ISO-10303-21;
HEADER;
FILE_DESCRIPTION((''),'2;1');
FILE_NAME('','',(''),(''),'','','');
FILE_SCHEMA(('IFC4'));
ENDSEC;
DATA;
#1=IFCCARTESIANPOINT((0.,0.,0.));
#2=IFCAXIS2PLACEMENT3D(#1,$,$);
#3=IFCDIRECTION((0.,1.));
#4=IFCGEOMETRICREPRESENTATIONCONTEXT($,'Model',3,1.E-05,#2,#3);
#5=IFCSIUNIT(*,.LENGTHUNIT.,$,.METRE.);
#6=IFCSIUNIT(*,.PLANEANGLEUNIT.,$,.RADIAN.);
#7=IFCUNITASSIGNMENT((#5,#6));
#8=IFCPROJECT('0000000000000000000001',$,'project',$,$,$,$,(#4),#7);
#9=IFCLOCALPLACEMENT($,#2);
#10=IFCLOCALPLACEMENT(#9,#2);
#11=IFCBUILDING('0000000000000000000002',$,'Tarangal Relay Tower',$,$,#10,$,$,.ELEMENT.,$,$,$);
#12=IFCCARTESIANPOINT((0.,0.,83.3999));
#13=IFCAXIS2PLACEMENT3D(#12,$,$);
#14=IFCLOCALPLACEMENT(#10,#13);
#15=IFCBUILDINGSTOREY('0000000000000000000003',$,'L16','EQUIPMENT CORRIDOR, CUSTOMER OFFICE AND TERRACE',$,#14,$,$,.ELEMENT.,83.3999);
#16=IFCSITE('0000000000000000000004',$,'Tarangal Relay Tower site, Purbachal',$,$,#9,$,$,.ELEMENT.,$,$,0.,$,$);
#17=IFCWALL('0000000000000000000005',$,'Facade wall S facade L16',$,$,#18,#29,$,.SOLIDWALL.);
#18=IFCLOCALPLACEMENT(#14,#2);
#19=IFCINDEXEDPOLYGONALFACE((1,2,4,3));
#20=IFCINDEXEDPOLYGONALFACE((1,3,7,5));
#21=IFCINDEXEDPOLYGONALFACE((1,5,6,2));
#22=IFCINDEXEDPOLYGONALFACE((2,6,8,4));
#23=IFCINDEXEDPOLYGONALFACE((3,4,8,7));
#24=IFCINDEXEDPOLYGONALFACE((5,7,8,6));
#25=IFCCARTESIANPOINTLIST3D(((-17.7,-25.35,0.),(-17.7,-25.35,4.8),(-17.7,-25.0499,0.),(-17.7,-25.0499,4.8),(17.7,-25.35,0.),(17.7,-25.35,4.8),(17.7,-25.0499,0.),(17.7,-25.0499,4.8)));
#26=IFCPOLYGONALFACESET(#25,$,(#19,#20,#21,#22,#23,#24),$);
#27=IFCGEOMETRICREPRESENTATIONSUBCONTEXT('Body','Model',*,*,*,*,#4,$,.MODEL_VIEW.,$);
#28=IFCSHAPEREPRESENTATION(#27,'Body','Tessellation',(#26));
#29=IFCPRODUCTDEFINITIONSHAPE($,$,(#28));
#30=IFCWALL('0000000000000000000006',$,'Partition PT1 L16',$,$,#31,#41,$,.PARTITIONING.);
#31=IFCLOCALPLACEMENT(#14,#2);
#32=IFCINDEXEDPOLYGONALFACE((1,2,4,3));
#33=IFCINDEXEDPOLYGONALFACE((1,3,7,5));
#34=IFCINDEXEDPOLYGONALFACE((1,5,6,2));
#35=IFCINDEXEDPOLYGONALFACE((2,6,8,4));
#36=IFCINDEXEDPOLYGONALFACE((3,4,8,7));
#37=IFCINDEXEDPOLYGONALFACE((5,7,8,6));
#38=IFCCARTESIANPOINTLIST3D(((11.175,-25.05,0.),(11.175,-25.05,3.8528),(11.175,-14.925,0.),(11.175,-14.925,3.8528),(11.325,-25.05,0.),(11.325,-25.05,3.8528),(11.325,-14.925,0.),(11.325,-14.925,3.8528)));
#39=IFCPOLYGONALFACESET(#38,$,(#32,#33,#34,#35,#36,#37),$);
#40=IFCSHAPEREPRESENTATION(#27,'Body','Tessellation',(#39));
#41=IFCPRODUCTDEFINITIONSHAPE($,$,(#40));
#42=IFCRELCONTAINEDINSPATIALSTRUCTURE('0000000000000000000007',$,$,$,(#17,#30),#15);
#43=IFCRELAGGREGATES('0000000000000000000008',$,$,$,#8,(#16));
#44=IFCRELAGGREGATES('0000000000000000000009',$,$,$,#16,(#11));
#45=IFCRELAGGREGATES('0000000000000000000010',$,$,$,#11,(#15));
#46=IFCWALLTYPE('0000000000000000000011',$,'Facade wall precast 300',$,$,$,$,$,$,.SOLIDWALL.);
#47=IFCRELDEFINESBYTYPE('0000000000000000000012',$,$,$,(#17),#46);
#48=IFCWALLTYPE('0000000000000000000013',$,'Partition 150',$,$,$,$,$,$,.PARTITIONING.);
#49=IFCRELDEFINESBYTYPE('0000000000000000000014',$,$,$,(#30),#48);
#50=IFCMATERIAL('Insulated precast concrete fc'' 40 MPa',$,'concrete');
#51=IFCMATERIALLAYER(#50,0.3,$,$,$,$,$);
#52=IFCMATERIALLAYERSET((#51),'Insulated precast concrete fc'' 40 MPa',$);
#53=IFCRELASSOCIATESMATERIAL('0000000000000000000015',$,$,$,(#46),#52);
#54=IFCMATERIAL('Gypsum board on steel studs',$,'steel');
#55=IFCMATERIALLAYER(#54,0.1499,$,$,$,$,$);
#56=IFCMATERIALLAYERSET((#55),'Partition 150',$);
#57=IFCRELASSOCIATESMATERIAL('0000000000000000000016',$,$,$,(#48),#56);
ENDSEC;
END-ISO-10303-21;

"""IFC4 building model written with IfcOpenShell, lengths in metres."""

from ifc_helpers import new_model, si_unit, direction, frame, frame_2d, origin, place, context, subcontext, project, spatial, rectangle, extrude, material, layer, layer_set, type_object, element, save


model = new_model("IFC4")

# Units and contexts
model_context = context("Model", 3, precision=1e-05, world=origin(), true_north=direction((0.0, 1.0)))
body_context = subcontext(model_context, "Body", "Model", "MODEL_VIEW")
ifc_project = project(units=[si_unit("LENGTHUNIT", "METRE"), si_unit("PLANEANGLEUNIT", "RADIAN")], contexts=[model_context])

# Site, building, storey
site_placement = place(None, origin())
site = spatial("IfcSite", under=ifc_project, at=site_placement, Name="Tarangal Relay Tower site, Purbachal", CompositionType="ELEMENT", RefElevation=0.0)
building_placement = place(site_placement, origin())
building = spatial("IfcBuilding", under=site, at=building_placement, Name="Tarangal Relay Tower", CompositionType="ELEMENT")
storey_placement = place(building_placement, frame((0.0, 0.0, 83.3999)))
storey = spatial("IfcBuildingStorey", under=building, at=storey_placement, Name="L16", Description="EQUIPMENT CORRIDOR, CUSTOMER OFFICE AND TERRACE", CompositionType="ELEMENT", Elevation=83.3999)

# Shared definitions
ifc_material_1 = material(Name="Insulated precast concrete fc' 40 MPa", Category="concrete")
ifc_layer_1 = layer(ifc_material_1, 0.3)
ifc_layer_set_1 = layer_set([ifc_layer_1], Name="Insulated precast concrete fc' 40 MPa")
wall_type_1 = type_object("IfcWallType", Name="Facade wall precast 300", PredefinedType="SOLIDWALL", material=ifc_layer_set_1)

# Walls
wall_1_placement = place(storey_placement, frame((17.7, -25.2, 0.0), z_axis=(0.0, 0.0, 1.0), x_axis=(-1.0, 0.0, 0.0)))
element("IfcWall", 1, at=wall_1_placement, inside=storey, type_object=wall_type_1, Name="Facade wall S facade L16", PredefinedType="SOLIDWALL", context=body_context, shape_type="SweptSolid", body=[
    extrude(rectangle(XDim=35.3999, YDim=0.3, at=frame_2d((17.7, 0.0))), origin(), (0.0, 0.0, 1.0), 4.8),
])
ifc_material_2 = material(Name="Gypsum board on steel studs", Category="steel")
ifc_layer_2 = layer(ifc_material_2, 0.1499)
ifc_layer_set_2 = layer_set([ifc_layer_2], Name="Partition 150")
wall_type_2 = type_object("IfcWallType", Name="Partition 150", PredefinedType="PARTITIONING", material=ifc_layer_set_2)
wall_2_placement = place(storey_placement, frame((11.25, -25.05, 0.0), z_axis=(0.0, 0.0, 1.0), x_axis=(0.0, 1.0, 0.0)))
element("IfcWall", 2, at=wall_2_placement, inside=storey, type_object=wall_type_2, Name="Partition PT1 L16", PredefinedType="PARTITIONING", context=body_context, shape_type="SweptSolid", body=[
    extrude(rectangle(XDim=10.125, YDim=0.1499, at=frame_2d((5.0625, 0.0))), origin(), (0.0, 0.0, 1.0), 3.8528),
])

save(model, "model.ifc")
